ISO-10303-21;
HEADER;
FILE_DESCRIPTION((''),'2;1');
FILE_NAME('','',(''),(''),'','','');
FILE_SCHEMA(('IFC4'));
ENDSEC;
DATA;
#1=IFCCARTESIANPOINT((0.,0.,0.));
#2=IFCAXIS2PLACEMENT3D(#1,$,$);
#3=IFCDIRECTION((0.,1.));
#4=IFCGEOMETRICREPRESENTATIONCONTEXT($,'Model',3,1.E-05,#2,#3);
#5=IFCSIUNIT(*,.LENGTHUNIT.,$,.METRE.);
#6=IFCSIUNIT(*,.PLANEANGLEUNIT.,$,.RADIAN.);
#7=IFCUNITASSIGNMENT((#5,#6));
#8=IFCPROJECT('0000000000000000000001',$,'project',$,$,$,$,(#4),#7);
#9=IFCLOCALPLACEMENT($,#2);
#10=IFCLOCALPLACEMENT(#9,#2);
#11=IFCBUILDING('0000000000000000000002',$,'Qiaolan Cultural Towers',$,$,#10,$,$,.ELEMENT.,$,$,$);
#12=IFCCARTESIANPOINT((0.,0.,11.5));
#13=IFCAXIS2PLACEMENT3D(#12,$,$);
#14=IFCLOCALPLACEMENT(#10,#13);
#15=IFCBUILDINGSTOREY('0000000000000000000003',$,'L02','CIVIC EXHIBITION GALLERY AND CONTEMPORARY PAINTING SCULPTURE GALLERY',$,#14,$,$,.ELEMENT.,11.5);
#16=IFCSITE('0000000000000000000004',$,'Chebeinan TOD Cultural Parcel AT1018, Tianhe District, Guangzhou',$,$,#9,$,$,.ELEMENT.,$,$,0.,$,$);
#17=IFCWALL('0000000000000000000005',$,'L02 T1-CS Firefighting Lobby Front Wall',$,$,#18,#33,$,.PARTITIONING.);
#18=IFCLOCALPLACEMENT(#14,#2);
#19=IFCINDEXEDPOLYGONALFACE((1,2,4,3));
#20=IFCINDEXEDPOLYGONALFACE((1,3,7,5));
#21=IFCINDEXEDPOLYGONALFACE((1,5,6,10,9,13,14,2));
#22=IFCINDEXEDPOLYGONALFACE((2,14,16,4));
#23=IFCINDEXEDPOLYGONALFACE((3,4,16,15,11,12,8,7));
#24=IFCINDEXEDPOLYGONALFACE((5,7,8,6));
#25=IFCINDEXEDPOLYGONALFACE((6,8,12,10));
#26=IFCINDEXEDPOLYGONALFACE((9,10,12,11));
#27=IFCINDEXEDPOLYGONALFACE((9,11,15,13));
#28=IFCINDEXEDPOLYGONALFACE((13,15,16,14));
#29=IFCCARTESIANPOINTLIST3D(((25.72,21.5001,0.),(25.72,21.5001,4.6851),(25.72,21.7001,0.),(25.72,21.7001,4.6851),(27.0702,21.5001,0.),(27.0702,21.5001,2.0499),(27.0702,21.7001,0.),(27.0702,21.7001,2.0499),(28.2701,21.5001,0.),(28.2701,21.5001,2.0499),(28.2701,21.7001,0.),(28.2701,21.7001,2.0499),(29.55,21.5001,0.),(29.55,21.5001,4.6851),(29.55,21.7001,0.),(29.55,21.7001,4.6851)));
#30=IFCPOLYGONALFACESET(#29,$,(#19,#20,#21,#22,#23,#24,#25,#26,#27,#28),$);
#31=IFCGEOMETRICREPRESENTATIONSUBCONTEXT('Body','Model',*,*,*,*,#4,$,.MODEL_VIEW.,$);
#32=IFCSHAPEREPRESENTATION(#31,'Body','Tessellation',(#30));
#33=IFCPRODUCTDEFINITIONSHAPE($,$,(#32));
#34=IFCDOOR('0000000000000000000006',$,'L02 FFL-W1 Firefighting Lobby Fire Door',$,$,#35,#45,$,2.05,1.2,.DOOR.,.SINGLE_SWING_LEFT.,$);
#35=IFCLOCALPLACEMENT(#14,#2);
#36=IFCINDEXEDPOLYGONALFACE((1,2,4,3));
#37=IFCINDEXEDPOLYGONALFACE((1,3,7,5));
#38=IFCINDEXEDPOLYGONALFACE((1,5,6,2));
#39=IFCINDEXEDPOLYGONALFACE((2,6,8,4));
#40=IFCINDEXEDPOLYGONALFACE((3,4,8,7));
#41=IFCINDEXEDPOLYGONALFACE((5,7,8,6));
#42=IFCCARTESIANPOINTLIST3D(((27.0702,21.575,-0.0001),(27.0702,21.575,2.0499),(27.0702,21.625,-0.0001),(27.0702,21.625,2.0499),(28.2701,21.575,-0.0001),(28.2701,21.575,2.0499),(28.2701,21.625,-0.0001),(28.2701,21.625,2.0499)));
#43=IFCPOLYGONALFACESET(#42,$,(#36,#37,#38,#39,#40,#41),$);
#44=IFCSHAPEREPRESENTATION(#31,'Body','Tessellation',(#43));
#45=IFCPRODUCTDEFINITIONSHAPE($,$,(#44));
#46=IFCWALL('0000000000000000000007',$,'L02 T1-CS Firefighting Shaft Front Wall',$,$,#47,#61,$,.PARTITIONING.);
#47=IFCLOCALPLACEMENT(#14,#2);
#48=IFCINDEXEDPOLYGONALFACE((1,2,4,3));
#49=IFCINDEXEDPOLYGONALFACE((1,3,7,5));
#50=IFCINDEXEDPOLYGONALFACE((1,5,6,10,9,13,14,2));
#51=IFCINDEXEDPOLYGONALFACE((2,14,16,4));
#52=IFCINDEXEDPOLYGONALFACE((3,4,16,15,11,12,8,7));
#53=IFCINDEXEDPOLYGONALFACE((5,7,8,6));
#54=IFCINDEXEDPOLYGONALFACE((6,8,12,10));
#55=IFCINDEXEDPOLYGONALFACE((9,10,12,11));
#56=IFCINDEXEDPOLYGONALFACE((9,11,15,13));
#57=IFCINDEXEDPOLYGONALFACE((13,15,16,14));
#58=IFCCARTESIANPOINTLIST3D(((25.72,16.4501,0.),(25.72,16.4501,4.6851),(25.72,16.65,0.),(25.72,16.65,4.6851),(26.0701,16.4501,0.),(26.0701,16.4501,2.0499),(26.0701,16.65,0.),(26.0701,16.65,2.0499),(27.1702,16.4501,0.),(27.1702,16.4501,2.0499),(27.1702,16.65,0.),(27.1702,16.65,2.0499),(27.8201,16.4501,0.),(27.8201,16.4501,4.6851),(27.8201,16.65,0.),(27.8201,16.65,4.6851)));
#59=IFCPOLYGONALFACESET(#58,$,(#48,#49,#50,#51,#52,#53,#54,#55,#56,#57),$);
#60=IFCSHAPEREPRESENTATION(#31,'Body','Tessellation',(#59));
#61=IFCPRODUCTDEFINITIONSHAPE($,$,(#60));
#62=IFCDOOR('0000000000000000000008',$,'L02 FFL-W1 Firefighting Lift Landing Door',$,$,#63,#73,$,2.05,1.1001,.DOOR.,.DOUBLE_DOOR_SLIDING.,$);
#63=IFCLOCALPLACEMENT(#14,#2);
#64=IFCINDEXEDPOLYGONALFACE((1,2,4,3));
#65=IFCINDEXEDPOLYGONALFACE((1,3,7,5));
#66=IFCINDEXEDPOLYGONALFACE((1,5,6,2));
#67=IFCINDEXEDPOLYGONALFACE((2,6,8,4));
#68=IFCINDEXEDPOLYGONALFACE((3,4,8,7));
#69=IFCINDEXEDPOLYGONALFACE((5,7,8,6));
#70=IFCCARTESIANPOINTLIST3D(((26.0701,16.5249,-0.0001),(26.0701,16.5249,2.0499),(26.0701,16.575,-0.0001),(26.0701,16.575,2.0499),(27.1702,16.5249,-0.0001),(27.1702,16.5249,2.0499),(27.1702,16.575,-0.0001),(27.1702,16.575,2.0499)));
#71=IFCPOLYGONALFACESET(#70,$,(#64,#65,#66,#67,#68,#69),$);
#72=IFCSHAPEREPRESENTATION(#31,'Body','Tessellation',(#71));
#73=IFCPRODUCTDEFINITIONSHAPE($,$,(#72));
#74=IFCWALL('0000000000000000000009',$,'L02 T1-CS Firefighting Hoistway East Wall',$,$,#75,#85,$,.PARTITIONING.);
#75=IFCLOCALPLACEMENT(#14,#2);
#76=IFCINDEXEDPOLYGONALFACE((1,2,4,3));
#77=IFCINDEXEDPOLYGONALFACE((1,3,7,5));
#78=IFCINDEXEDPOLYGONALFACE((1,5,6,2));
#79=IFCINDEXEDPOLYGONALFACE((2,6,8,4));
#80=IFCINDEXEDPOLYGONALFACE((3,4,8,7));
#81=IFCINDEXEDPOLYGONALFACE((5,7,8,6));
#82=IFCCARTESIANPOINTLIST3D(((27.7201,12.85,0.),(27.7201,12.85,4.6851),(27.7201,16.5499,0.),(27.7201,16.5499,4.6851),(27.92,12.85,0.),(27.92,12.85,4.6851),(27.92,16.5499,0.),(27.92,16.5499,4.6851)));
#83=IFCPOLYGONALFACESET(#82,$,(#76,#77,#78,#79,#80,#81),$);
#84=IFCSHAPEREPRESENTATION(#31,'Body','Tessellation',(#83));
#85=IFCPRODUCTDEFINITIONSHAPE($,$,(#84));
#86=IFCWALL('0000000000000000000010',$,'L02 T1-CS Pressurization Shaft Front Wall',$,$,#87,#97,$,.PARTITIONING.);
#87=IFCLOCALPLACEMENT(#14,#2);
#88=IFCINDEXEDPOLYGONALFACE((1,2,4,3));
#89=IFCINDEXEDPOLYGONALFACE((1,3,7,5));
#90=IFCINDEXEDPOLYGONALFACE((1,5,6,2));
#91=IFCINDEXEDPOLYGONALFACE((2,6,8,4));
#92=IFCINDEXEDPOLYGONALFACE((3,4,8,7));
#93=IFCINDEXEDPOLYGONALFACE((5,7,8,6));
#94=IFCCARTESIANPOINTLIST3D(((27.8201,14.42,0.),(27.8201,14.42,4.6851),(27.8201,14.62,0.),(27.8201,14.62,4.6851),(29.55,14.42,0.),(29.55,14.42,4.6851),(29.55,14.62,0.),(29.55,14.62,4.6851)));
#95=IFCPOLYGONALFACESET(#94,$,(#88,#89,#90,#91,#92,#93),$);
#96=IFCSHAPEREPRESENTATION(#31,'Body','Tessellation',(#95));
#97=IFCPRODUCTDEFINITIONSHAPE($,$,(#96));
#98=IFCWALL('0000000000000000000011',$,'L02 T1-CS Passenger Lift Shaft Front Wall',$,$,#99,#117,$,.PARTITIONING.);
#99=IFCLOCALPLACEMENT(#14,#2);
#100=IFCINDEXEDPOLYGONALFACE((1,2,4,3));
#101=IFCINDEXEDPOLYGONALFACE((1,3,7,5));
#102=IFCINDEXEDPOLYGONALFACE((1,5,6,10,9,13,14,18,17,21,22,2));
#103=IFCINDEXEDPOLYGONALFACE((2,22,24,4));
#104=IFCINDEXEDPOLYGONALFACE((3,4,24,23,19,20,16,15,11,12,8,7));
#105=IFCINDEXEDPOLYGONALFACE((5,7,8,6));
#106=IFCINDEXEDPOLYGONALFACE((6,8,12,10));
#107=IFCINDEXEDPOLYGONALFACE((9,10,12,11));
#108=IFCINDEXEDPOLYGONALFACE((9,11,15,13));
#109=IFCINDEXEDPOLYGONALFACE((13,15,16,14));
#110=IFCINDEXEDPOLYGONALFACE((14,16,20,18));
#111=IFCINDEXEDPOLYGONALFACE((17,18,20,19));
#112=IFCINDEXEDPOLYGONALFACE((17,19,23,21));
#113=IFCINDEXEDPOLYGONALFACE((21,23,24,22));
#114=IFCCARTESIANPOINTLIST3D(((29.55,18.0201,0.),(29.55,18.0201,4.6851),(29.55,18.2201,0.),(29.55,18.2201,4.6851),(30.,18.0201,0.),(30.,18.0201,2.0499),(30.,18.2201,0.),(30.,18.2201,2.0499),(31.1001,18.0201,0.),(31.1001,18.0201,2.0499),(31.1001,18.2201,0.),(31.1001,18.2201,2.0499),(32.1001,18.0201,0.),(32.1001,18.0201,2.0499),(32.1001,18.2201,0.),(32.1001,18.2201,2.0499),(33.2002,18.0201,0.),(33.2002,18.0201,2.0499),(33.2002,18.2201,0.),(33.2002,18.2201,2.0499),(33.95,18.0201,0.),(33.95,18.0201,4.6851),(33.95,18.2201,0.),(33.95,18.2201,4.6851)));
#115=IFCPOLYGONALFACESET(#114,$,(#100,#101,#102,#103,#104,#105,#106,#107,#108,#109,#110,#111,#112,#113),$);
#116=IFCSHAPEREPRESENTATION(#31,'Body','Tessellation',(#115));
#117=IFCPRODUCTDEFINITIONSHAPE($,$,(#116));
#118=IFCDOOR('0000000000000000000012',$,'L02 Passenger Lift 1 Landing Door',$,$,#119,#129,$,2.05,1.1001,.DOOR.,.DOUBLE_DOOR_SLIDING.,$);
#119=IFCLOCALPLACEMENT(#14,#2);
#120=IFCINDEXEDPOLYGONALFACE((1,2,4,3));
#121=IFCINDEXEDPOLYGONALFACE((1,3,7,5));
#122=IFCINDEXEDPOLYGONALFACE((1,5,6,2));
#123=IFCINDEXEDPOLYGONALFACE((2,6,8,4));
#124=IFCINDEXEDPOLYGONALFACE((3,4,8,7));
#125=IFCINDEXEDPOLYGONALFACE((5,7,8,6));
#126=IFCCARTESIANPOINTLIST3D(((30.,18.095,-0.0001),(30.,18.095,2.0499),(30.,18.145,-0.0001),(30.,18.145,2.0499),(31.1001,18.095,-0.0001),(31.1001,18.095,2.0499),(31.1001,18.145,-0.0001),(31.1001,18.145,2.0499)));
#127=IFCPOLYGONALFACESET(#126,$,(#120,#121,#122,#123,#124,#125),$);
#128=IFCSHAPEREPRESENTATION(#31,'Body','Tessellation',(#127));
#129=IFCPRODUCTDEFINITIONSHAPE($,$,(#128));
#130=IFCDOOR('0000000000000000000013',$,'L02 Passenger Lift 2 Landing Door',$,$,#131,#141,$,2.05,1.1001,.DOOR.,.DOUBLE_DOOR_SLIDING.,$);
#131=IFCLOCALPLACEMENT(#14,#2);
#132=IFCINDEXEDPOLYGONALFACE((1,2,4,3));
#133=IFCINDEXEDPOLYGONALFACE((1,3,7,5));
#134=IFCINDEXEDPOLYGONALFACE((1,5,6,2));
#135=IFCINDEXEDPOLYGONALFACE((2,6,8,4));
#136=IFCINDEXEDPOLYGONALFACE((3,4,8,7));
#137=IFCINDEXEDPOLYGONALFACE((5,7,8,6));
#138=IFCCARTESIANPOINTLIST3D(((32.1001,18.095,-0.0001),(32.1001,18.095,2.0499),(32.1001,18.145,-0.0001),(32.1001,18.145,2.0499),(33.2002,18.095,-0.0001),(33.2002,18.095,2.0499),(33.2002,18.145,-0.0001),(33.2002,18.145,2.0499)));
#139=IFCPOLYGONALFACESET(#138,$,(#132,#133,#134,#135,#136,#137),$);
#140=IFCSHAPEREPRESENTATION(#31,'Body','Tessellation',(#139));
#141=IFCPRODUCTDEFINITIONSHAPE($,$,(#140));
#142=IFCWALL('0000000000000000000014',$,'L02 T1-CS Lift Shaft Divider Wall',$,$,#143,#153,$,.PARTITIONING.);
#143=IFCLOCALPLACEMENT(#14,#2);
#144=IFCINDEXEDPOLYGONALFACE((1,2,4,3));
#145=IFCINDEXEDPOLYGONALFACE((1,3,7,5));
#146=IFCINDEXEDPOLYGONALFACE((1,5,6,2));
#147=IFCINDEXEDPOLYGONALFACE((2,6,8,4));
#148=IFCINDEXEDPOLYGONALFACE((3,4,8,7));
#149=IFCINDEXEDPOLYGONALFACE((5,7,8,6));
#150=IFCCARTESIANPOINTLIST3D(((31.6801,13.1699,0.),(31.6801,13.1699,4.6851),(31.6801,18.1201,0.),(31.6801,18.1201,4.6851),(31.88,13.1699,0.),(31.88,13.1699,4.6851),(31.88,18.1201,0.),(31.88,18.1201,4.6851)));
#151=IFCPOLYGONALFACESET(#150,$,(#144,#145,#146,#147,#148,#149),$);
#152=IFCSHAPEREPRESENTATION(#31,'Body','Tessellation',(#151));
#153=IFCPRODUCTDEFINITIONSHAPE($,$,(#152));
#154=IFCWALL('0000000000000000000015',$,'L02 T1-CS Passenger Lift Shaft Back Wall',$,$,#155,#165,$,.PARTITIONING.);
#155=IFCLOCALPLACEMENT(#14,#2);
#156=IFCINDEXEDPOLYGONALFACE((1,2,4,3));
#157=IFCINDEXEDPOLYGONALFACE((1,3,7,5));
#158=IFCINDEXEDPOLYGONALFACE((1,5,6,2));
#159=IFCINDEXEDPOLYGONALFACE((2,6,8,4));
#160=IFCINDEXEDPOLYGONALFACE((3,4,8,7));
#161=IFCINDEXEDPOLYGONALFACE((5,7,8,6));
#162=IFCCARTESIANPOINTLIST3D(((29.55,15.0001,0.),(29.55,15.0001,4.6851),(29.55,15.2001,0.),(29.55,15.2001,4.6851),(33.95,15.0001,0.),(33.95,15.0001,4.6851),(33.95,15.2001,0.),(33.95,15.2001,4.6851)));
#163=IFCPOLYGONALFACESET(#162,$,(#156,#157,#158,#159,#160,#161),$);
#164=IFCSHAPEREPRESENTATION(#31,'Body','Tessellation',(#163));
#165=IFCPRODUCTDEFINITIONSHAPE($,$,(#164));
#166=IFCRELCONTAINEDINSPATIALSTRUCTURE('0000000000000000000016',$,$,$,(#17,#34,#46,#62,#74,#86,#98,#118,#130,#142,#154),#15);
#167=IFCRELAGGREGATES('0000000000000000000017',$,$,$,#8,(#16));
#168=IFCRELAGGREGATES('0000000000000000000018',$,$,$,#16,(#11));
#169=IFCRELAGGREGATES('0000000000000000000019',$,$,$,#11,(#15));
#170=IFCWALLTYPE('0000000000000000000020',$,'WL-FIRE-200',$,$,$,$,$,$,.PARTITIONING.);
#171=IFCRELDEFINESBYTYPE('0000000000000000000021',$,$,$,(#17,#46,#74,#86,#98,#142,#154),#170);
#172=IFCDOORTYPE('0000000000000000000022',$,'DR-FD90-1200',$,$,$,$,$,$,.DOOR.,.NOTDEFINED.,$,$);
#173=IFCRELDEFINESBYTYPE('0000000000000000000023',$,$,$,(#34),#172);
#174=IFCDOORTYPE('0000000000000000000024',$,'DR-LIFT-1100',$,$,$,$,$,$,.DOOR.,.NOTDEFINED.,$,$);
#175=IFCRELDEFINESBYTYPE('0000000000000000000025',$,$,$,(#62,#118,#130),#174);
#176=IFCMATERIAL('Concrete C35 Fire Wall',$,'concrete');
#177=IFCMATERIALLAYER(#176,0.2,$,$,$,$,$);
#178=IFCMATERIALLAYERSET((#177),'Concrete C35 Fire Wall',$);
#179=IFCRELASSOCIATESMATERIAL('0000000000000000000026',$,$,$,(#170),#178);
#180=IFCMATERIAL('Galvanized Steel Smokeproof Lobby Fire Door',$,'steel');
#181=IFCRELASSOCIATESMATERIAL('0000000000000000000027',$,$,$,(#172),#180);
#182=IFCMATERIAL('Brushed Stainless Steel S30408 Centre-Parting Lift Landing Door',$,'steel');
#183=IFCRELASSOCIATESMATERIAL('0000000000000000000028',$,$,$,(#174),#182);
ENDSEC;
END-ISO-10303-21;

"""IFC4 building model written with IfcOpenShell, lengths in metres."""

from ifc_helpers import new_model, si_unit, direction, frame, frame_2d, origin, place, context, subcontext, project, spatial, rectangle, extrude, material, layer, layer_set, type_object, element, fill, save


model = new_model("IFC4")

# Units and contexts
model_context = context("Model", 3, precision=1e-05, world=origin(), true_north=direction((0.0, 1.0)))
body_context = subcontext(model_context, "Body", "Model", "MODEL_VIEW")
ifc_project = project(units=[si_unit("LENGTHUNIT", "METRE"), si_unit("PLANEANGLEUNIT", "RADIAN")], contexts=[model_context])

# Site, building, storey
site_placement = place(None, origin())
site = spatial("IfcSite", under=ifc_project, at=site_placement, Name="Chebeinan TOD Cultural Parcel AT1018, Tianhe District, Guangzhou", CompositionType="ELEMENT", RefElevation=0.0)
building_placement = place(site_placement, origin())
building = spatial("IfcBuilding", under=site, at=building_placement, Name="Qiaolan Cultural Towers", CompositionType="ELEMENT")
storey_placement = place(building_placement, frame((0.0, 0.0, 11.5)))
storey = spatial("IfcBuildingStorey", under=building, at=storey_placement, Name="L02", Description="CIVIC EXHIBITION GALLERY AND CONTEMPORARY PAINTING SCULPTURE GALLERY", CompositionType="ELEMENT", Elevation=11.5)

# Shared definitions
ifc_material_1 = material(Name="Concrete C35 Fire Wall", Category="concrete")
ifc_layer_1 = layer(ifc_material_1, 0.2)
ifc_layer_set_1 = layer_set([ifc_layer_1], Name="Concrete C35 Fire Wall")
wall_type_1 = type_object("IfcWallType", Name="WL-FIRE-200", PredefinedType="PARTITIONING", material=ifc_layer_set_1)

# Walls, openings, doors
wall_1_placement = place(storey_placement, frame((25.72, 21.6001, 0.0), z_axis=(0.0, 0.0, 1.0), x_axis=(1.0, 0.0, 0.0)))
wall_1 = element("IfcWall", 1, at=wall_1_placement, inside=storey, type_object=wall_type_1, Name="L02 T1-CS Firefighting Lobby Front Wall", PredefinedType="PARTITIONING", context=body_context, shape_type="SweptSolid", body=[
    extrude(rectangle(XDim=3.8301, YDim=0.2, at=frame_2d((1.915, 0.0))), origin(), (0.0, 0.0, 1.0), 4.6851),
])
opening_1_placement = place(wall_1_placement, frame((1.3501, 0.0, 0.0)))
opening_1 = element("IfcOpeningElement", 2, at=opening_1_placement, cuts=wall_1, PredefinedType="OPENING", context=body_context, shape_type="SweptSolid", body=[
    extrude(rectangle(XDim=1.2, YDim=2.05, at=frame_2d((0.6001, 1.0249))), frame((0.0, 0.1099, 0.0), z_axis=(0.0, -1.0, 0.0), x_axis=(1.0, 0.0, 0.0)), (0.0, 0.0, 1.0), 0.22),
])
ifc_material_2 = material(Name="Galvanized Steel Smokeproof Lobby Fire Door", Category="steel")
door_type_1 = type_object("IfcDoorType", Name="DR-FD90-1200", OperationType="NOTDEFINED", PredefinedType="DOOR", material=ifc_material_2)
door_1_placement = place(opening_1_placement, origin())
door_1 = element("IfcDoor", 3, at=door_1_placement, inside=storey, type_object=door_type_1, Name="L02 FFL-W1 Firefighting Lobby Fire Door", OperationType="SINGLE_SWING_LEFT", OverallHeight=2.05, OverallWidth=1.2, PredefinedType="DOOR", context=body_context, shape_type="SweptSolid", body=[
    extrude(rectangle(XDim=1.2, YDim=2.05, at=frame_2d((0.6001, 1.0249))), frame((0.0, 0.0249, 0.0), z_axis=(0.0, -1.0, 0.0), x_axis=(1.0, 0.0, 0.0)), (0.0, 0.0, 1.0), 0.05),
])
fill(opening_1, door_1)
wall_2_placement = place(storey_placement, frame((25.72, 16.55, 0.0), z_axis=(0.0, 0.0, 1.0), x_axis=(1.0, 0.0, 0.0)))
wall_2 = element("IfcWall", 4, at=wall_2_placement, inside=storey, type_object=wall_type_1, Name="L02 T1-CS Firefighting Shaft Front Wall", PredefinedType="PARTITIONING", context=body_context, shape_type="SweptSolid", body=[
    extrude(rectangle(XDim=2.1001, YDim=0.2, at=frame_2d((1.05, 0.0))), origin(), (0.0, 0.0, 1.0), 4.6851),
])
opening_2_placement = place(wall_2_placement, frame((0.3501, 0.0, 0.0)))
opening_2 = element("IfcOpeningElement", 5, at=opening_2_placement, cuts=wall_2, PredefinedType="OPENING", context=body_context, shape_type="SweptSolid", body=[
    extrude(rectangle(XDim=1.1001, YDim=2.05, at=frame_2d((0.55, 1.0249))), frame((0.0, 0.1099, 0.0), z_axis=(0.0, -1.0, 0.0), x_axis=(1.0, 0.0, 0.0)), (0.0, 0.0, 1.0), 0.22),
])
ifc_material_3 = material(Name="Brushed Stainless Steel S30408 Centre-Parting Lift Landing Door", Category="steel")
door_type_2 = type_object("IfcDoorType", Name="DR-LIFT-1100", OperationType="NOTDEFINED", PredefinedType="DOOR", material=ifc_material_3)
door_2_placement = place(opening_2_placement, origin())
door_2 = element("IfcDoor", 6, at=door_2_placement, inside=storey, type_object=door_type_2, Name="L02 FFL-W1 Firefighting Lift Landing Door", OperationType="DOUBLE_DOOR_SLIDING", OverallHeight=2.05, OverallWidth=1.1001, PredefinedType="DOOR", context=body_context, shape_type="SweptSolid", body=[
    extrude(rectangle(XDim=1.1001, YDim=2.05, at=frame_2d((0.55, 1.0249))), frame((0.0, 0.0249, 0.0), z_axis=(0.0, -1.0, 0.0), x_axis=(1.0, 0.0, 0.0)), (0.0, 0.0, 1.0), 0.05),
])
fill(opening_2, door_2)

# Walls
wall_3_placement = place(storey_placement, frame((27.8201, 16.55, 0.0), z_axis=(0.0, 0.0, 1.0), x_axis=(0.0, -1.0, 0.0)))
element("IfcWall", 7, at=wall_3_placement, inside=storey, type_object=wall_type_1, Name="L02 T1-CS Firefighting Hoistway East Wall", PredefinedType="PARTITIONING", context=body_context, shape_type="SweptSolid", body=[
    extrude(rectangle(XDim=3.7, YDim=0.2, at=frame_2d((1.8501, 0.0))), origin(), (0.0, 0.0, 1.0), 4.6851),
])
wall_4_placement = place(storey_placement, frame((27.8201, 14.52, 0.0), z_axis=(0.0, 0.0, 1.0), x_axis=(1.0, 0.0, 0.0)))
element("IfcWall", 8, at=wall_4_placement, inside=storey, type_object=wall_type_1, Name="L02 T1-CS Pressurization Shaft Front Wall", PredefinedType="PARTITIONING", context=body_context, shape_type="SweptSolid", body=[
    extrude(rectangle(XDim=1.73, YDim=0.2, at=frame_2d((0.865, 0.0))), origin(), (0.0, 0.0, 1.0), 4.6851),
])

# Wall, openings, doors
wall_5_placement = place(storey_placement, frame((29.55, 18.1201, 0.0), z_axis=(0.0, 0.0, 1.0), x_axis=(1.0, 0.0, 0.0)))
wall_5 = element("IfcWall", 9, at=wall_5_placement, inside=storey, type_object=wall_type_1, Name="L02 T1-CS Passenger Lift Shaft Front Wall", PredefinedType="PARTITIONING", context=body_context, shape_type="SweptSolid", body=[
    extrude(rectangle(XDim=4.3999, YDim=0.2, at=frame_2d((2.2, 0.0))), origin(), (0.0, 0.0, 1.0), 4.6851),
])
opening_3_placement = place(wall_5_placement, frame((0.45, 0.0, 0.0)))
opening_3 = element("IfcOpeningElement", 10, at=opening_3_placement, cuts=wall_5, PredefinedType="OPENING", context=body_context, shape_type="SweptSolid", body=[
    extrude(rectangle(XDim=1.1001, YDim=2.05, at=frame_2d((0.55, 1.0249))), frame((0.0, 0.1099, 0.0), z_axis=(0.0, -1.0, 0.0), x_axis=(1.0, 0.0, 0.0)), (0.0, 0.0, 1.0), 0.22),
])
opening_4_placement = place(wall_5_placement, frame((2.55, 0.0, 0.0)))
opening_4 = element("IfcOpeningElement", 11, at=opening_4_placement, cuts=wall_5, PredefinedType="OPENING", context=body_context, shape_type="SweptSolid", body=[
    extrude(rectangle(XDim=1.1001, YDim=2.05, at=frame_2d((0.55, 1.0249))), frame((0.0, 0.1099, 0.0), z_axis=(0.0, -1.0, 0.0), x_axis=(1.0, 0.0, 0.0)), (0.0, 0.0, 1.0), 0.22),
])
door_3_placement = place(opening_3_placement, origin())
door_3 = element("IfcDoor", 12, at=door_3_placement, inside=storey, type_object=door_type_2, Name="L02 Passenger Lift 1 Landing Door", OperationType="DOUBLE_DOOR_SLIDING", OverallHeight=2.05, OverallWidth=1.1001, PredefinedType="DOOR", context=body_context, shape_type="SweptSolid", body=[
    extrude(rectangle(XDim=1.1001, YDim=2.05, at=frame_2d((0.55, 1.0249))), frame((0.0, 0.0249, 0.0), z_axis=(0.0, -1.0, 0.0), x_axis=(1.0, 0.0, 0.0)), (0.0, 0.0, 1.0), 0.05),
])
fill(opening_3, door_3)
door_4_placement = place(opening_4_placement, origin())
door_4 = element("IfcDoor", 13, at=door_4_placement, inside=storey, type_object=door_type_2, Name="L02 Passenger Lift 2 Landing Door", OperationType="DOUBLE_DOOR_SLIDING", OverallHeight=2.05, OverallWidth=1.1001, PredefinedType="DOOR", context=body_context, shape_type="SweptSolid", body=[
    extrude(rectangle(XDim=1.1001, YDim=2.05, at=frame_2d((0.55, 1.0249))), frame((0.0, 0.0249, 0.0), z_axis=(0.0, -1.0, 0.0), x_axis=(1.0, 0.0, 0.0)), (0.0, 0.0, 1.0), 0.05),
])
fill(opening_4, door_4)

# Walls
wall_6_placement = place(storey_placement, frame((31.78, 18.1201, 0.0), z_axis=(0.0, 0.0, 1.0), x_axis=(0.0, -1.0, 0.0)))
element("IfcWall", 14, at=wall_6_placement, inside=storey, type_object=wall_type_1, Name="L02 T1-CS Lift Shaft Divider Wall", PredefinedType="PARTITIONING", context=body_context, shape_type="SweptSolid", body=[
    extrude(rectangle(XDim=4.9502, YDim=0.2, at=frame_2d((2.4751, 0.0))), origin(), (0.0, 0.0, 1.0), 4.6851),
])
wall_7_placement = place(storey_placement, frame((29.55, 15.1001, 0.0), z_axis=(0.0, 0.0, 1.0), x_axis=(1.0, 0.0, 0.0)))
element("IfcWall", 15, at=wall_7_placement, inside=storey, type_object=wall_type_1, Name="L02 T1-CS Passenger Lift Shaft Back Wall", PredefinedType="PARTITIONING", context=body_context, shape_type="SweptSolid", body=[
    extrude(rectangle(XDim=4.3999, YDim=0.2, at=frame_2d((2.2, 0.0))), origin(), (0.0, 0.0, 1.0), 4.6851),
])

save(model, "model.ifc")
